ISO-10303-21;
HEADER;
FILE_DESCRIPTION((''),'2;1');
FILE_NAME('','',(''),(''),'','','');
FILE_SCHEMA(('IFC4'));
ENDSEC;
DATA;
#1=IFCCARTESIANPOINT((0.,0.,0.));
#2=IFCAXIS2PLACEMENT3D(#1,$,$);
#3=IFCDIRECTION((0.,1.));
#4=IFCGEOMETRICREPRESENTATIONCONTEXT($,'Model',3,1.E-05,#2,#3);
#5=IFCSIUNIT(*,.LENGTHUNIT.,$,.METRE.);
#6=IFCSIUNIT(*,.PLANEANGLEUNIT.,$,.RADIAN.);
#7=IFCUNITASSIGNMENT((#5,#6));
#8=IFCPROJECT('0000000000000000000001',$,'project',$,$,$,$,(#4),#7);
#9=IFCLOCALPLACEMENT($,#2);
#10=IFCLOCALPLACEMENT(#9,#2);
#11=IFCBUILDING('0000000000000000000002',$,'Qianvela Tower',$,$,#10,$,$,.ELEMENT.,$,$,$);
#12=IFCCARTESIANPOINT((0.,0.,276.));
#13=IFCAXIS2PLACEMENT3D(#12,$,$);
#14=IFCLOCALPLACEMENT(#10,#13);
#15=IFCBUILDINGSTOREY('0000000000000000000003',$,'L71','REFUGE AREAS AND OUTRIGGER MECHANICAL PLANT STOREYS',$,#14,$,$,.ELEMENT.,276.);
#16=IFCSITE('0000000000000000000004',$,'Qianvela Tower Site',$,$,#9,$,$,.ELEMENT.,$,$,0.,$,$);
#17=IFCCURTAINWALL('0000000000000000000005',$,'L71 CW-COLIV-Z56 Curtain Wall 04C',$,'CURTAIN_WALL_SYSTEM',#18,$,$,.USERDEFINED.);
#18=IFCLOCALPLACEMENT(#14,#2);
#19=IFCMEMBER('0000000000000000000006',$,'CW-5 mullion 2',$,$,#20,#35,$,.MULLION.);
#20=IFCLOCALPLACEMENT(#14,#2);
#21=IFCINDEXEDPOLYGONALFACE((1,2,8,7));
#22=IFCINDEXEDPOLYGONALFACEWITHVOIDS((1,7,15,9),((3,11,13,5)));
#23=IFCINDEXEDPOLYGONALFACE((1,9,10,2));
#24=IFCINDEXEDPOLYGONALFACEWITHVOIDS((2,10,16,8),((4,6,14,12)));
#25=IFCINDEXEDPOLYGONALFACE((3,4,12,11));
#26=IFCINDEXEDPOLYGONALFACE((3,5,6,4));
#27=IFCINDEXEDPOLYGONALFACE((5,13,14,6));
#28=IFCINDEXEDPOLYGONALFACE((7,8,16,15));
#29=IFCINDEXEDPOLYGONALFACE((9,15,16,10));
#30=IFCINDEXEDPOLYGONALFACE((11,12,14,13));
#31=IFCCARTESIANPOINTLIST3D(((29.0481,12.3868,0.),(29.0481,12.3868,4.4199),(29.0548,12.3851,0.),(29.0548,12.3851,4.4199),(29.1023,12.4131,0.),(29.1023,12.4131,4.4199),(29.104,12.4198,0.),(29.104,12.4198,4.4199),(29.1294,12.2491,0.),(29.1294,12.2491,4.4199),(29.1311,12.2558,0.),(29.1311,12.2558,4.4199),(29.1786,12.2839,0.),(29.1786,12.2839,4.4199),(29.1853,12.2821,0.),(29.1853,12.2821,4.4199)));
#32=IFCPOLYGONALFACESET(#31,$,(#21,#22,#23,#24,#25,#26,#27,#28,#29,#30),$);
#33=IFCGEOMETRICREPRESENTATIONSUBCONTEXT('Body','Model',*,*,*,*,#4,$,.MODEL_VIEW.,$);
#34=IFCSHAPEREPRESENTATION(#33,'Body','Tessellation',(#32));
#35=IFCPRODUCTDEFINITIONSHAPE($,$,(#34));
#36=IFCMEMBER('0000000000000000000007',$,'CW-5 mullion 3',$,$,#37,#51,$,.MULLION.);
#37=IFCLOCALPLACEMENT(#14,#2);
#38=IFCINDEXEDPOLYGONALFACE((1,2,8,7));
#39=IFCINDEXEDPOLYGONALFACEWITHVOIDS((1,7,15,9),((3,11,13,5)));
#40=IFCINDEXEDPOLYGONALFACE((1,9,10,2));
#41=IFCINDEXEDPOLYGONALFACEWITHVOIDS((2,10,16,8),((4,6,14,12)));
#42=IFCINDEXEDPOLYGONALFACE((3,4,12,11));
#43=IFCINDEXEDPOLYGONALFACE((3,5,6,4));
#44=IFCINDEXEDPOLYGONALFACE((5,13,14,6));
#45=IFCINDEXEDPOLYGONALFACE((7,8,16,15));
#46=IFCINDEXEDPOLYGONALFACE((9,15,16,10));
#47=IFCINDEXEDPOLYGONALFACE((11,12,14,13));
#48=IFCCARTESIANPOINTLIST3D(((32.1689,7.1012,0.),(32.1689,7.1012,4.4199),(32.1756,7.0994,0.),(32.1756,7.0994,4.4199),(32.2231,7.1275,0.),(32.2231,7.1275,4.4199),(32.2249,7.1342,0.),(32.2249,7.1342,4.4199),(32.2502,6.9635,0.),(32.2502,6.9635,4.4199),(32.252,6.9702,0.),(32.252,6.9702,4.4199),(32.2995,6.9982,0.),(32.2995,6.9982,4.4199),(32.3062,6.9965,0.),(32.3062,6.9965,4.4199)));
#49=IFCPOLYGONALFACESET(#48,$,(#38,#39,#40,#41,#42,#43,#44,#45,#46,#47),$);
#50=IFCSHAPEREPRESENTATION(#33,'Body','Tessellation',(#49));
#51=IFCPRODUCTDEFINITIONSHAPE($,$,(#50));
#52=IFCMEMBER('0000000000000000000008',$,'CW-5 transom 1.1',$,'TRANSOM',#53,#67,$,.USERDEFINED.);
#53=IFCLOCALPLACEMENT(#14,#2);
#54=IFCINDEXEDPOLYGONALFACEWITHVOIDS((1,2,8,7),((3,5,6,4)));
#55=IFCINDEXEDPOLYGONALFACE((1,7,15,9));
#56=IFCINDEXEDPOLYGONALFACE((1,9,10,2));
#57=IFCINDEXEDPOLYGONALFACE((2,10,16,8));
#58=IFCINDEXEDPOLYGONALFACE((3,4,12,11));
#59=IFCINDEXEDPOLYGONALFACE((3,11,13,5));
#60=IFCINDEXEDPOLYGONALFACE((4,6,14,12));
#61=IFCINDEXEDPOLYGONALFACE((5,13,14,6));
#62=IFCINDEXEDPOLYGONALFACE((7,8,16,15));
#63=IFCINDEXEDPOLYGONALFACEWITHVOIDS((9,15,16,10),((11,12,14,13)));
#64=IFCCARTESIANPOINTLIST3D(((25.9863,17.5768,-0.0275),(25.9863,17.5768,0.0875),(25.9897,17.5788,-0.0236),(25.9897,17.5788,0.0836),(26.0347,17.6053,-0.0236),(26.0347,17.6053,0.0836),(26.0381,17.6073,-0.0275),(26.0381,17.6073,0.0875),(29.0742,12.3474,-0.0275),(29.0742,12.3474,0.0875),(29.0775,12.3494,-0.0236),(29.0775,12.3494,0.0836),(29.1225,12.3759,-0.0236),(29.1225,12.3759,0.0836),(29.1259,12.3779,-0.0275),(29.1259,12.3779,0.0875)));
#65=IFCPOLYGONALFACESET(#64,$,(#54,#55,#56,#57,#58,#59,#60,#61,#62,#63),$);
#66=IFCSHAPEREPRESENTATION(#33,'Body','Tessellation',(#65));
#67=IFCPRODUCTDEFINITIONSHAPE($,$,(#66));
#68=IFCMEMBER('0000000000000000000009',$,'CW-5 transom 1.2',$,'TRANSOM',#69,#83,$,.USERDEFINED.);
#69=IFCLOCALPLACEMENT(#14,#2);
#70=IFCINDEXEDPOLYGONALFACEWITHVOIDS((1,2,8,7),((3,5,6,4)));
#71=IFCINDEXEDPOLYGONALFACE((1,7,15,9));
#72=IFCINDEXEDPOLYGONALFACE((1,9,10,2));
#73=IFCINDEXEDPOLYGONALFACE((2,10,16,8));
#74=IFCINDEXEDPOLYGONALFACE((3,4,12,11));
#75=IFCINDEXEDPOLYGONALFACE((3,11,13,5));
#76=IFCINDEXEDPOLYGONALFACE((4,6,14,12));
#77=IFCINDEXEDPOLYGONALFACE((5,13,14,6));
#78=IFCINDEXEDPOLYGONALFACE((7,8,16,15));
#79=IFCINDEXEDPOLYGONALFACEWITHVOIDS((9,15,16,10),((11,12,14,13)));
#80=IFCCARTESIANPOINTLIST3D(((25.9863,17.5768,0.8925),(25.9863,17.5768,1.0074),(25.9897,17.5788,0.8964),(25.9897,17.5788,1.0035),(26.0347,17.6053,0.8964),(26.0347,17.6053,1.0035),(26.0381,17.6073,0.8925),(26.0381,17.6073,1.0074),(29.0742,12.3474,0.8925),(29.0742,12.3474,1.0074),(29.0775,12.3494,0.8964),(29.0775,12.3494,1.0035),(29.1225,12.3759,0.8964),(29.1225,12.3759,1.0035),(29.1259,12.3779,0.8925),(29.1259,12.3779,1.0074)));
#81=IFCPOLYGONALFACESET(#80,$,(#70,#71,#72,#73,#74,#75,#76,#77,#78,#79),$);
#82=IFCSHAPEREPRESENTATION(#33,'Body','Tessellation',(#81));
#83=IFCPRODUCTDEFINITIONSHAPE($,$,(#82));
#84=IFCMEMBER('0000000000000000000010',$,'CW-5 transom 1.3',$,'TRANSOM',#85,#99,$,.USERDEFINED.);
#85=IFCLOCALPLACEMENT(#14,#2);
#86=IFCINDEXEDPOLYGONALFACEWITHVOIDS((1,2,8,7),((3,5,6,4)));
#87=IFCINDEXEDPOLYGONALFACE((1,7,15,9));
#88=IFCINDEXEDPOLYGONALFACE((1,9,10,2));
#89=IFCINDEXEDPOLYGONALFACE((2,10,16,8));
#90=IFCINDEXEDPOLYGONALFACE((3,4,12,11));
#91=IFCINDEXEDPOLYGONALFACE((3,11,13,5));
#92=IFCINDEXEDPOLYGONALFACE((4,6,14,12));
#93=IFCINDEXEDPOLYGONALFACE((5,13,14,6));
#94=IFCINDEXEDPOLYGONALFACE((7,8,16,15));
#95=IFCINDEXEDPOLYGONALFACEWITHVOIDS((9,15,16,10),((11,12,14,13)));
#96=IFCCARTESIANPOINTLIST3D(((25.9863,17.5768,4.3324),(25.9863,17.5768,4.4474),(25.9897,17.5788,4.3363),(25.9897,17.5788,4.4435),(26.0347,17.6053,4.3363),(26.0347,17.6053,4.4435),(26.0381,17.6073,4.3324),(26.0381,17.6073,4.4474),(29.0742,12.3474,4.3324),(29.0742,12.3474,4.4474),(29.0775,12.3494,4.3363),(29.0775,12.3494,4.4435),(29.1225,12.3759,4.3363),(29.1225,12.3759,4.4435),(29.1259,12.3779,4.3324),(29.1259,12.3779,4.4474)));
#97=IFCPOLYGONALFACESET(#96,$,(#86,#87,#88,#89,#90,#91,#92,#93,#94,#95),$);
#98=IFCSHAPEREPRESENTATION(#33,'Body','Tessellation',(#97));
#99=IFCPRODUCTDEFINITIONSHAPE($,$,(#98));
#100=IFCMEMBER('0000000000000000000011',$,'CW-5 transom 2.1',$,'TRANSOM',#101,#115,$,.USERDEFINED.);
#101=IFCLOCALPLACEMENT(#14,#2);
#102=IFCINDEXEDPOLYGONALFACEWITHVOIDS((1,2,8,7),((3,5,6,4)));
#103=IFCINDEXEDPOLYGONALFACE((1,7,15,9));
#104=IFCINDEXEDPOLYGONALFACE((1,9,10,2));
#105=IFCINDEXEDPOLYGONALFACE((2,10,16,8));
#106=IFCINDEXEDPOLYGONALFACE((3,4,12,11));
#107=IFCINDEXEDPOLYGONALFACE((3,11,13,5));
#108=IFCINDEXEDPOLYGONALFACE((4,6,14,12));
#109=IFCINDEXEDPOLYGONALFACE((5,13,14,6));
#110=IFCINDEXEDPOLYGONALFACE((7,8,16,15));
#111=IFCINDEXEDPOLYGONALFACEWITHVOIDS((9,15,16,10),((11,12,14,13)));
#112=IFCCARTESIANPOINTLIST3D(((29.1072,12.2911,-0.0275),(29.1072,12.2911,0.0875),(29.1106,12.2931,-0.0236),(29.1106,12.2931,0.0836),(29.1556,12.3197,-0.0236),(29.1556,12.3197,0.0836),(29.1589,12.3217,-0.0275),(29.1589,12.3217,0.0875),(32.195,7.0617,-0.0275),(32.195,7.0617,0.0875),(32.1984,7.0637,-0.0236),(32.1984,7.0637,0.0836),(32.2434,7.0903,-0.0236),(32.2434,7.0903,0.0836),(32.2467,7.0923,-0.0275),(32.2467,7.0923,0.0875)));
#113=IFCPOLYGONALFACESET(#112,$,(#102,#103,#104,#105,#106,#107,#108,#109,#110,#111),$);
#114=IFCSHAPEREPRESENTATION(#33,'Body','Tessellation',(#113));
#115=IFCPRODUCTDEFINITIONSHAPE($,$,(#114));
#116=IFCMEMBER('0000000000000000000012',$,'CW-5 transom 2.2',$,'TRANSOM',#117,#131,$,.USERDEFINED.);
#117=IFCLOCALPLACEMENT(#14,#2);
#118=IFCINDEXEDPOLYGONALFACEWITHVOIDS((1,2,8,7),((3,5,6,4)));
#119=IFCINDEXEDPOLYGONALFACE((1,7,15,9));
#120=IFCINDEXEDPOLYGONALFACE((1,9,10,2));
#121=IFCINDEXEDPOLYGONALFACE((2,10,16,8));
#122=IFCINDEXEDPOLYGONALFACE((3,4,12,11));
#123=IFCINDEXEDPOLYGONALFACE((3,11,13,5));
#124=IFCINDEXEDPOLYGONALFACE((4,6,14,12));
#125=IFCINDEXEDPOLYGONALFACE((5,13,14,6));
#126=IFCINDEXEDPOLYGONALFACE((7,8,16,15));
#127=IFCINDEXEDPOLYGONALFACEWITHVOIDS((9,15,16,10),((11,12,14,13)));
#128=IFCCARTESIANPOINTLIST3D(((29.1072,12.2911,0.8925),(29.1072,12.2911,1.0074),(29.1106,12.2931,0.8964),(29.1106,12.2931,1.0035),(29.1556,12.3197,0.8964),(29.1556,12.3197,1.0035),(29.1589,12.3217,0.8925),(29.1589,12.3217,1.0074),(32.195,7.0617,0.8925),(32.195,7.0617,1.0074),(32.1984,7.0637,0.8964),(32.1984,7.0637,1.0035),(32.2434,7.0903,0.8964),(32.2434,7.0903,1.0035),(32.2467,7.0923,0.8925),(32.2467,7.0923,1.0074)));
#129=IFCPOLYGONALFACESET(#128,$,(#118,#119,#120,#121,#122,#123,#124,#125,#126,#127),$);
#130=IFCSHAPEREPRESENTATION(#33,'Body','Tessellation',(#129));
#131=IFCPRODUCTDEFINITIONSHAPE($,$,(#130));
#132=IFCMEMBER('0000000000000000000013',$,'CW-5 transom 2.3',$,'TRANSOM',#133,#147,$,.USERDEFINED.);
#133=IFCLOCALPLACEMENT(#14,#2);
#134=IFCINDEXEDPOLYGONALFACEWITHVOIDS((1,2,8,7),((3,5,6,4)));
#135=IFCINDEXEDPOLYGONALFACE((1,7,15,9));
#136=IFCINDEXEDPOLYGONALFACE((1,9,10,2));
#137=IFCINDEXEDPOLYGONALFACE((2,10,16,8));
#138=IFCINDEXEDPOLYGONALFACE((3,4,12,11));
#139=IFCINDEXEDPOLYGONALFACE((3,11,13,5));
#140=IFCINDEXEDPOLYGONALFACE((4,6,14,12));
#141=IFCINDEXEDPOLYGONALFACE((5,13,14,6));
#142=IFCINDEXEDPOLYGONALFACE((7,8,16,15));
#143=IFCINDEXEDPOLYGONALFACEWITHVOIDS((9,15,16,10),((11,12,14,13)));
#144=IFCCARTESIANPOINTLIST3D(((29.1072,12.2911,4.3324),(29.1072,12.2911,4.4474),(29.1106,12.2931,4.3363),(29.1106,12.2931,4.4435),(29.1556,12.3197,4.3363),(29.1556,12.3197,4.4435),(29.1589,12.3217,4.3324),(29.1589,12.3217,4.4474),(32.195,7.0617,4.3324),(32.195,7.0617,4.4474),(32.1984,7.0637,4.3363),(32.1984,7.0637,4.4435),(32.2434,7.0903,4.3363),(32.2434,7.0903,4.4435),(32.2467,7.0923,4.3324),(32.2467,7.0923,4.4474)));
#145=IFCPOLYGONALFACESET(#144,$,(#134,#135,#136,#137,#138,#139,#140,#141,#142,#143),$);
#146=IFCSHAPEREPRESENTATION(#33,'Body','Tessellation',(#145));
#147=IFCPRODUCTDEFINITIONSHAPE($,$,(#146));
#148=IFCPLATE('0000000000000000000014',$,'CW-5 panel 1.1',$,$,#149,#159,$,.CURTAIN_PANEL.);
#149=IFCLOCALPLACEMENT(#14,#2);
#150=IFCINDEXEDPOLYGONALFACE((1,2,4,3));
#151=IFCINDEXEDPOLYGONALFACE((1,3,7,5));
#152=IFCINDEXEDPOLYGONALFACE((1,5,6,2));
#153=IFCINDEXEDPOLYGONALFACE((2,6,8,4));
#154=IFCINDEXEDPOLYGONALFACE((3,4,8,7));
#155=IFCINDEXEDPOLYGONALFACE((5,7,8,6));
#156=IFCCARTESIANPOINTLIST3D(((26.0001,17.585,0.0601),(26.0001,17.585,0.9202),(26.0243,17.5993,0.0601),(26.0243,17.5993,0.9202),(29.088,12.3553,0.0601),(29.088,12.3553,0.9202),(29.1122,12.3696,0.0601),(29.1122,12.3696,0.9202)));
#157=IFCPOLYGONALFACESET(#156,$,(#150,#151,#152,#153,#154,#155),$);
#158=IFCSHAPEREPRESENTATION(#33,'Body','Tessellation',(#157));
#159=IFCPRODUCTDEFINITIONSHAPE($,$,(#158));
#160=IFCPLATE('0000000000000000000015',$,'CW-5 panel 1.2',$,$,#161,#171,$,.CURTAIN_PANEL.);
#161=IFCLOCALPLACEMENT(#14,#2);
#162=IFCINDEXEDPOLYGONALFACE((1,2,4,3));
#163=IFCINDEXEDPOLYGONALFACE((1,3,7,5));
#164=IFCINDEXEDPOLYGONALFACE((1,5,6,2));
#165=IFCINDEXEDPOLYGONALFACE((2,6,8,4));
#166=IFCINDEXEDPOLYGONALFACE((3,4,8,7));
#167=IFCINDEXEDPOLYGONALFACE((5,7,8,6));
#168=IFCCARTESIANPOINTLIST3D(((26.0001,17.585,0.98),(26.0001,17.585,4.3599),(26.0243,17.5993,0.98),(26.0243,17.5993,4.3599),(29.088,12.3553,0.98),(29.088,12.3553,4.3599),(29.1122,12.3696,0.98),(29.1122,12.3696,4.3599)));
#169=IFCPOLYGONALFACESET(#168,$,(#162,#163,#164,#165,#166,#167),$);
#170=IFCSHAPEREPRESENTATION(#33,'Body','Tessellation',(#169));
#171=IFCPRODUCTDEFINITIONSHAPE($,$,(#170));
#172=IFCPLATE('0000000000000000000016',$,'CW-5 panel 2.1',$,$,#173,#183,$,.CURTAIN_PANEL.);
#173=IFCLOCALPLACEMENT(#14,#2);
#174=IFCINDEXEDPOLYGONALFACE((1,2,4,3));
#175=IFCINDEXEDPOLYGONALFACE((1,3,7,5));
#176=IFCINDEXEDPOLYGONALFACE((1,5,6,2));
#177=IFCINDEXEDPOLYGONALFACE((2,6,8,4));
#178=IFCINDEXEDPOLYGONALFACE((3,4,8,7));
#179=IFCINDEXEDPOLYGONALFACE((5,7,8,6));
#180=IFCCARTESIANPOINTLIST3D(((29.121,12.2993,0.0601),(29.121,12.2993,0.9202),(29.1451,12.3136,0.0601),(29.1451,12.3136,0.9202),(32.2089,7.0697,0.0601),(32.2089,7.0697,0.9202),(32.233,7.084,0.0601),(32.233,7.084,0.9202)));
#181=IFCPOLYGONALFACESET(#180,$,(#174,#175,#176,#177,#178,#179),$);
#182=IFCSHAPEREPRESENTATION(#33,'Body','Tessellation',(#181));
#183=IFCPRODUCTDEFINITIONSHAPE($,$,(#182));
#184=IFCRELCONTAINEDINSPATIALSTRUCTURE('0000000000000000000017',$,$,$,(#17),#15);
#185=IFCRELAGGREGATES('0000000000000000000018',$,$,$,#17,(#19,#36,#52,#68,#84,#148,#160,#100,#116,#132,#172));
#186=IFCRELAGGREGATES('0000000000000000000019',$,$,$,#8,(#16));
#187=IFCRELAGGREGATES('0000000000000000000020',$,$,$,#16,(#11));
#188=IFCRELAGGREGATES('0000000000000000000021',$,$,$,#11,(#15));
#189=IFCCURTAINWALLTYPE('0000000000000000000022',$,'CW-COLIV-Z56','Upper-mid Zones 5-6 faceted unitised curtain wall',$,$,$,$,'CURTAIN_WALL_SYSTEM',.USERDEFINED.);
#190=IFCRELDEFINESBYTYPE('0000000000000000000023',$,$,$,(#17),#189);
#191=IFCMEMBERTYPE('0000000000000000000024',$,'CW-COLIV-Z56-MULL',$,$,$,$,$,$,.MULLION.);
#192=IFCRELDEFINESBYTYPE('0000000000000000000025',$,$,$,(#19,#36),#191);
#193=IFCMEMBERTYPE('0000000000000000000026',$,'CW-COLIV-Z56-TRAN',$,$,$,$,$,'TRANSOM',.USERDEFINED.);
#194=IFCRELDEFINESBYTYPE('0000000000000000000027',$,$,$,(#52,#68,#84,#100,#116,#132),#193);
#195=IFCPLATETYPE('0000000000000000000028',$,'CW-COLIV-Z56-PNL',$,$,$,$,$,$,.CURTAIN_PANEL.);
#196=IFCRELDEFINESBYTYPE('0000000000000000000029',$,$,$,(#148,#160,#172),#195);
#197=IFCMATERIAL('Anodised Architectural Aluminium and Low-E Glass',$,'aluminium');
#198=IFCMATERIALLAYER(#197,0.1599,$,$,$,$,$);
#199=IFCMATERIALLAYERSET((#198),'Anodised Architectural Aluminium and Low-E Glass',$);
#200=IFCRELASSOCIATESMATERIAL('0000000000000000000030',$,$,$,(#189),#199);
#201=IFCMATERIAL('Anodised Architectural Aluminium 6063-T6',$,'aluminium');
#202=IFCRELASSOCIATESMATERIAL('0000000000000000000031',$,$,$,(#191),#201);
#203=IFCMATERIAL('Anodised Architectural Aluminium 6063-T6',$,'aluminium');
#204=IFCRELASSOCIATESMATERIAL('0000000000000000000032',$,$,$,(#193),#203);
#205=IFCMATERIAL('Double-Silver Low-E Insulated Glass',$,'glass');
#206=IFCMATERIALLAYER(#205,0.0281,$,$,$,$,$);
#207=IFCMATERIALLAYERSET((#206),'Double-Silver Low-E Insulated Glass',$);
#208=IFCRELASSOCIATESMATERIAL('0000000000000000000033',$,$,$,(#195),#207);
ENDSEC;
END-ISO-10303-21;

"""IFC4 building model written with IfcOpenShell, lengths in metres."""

from ifc_helpers import new_model, si_unit, direction, frame, origin, origin_2d, place, context, subcontext, project, spatial, rectangle, hollow_rectangle, extrude, material, layer, layer_set, material_profile, profile_set, type_object, element, aggregate, save


model = new_model("IFC4")

# Units and contexts
model_context = context("Model", 3, precision=1e-05, world=origin(), true_north=direction((0.0, 1.0)))
body_context = subcontext(model_context, "Body", "Model", "MODEL_VIEW")
ifc_project = project(units=[si_unit("LENGTHUNIT", "METRE"), si_unit("PLANEANGLEUNIT", "RADIAN")], contexts=[model_context])

# Site, building, storey
site_placement = place(None, origin())
site = spatial("IfcSite", under=ifc_project, at=site_placement, Name="Qianvela Tower Site", CompositionType="ELEMENT", RefElevation=0.0)
building_placement = place(site_placement, origin())
building = spatial("IfcBuilding", under=site, at=building_placement, Name="Qianvela Tower", CompositionType="ELEMENT")
storey_placement = place(building_placement, frame((0.0, 0.0, 276.0)))
storey = spatial("IfcBuildingStorey", under=building, at=storey_placement, Name="L71", Description="REFUGE AREAS AND OUTRIGGER MECHANICAL PLANT STOREYS", CompositionType="ELEMENT", Elevation=276.0)

# Curtain wall, members, plates
ifc_material_1 = material(Name="Anodised Architectural Aluminium and Low-E Glass", Category="aluminium")
ifc_layer_1 = layer(ifc_material_1, 0.1599)
ifc_layer_set_1 = layer_set([ifc_layer_1], Name="Anodised Architectural Aluminium and Low-E Glass")
curtain_wall_type = type_object("IfcCurtainWallType", Name="CW-COLIV-Z56", Description="Upper-mid Zones 5-6 faceted unitised curtain wall", ElementType="CURTAIN_WALL_SYSTEM", PredefinedType="USERDEFINED", material=ifc_layer_set_1)
curtain_wall_placement = place(storey_placement, origin())
curtain_wall = element("IfcCurtainWall", 1, at=curtain_wall_placement, inside=storey, type_object=curtain_wall_type, Name="L71 CW-COLIV-Z56 Curtain Wall 04C", ObjectType="CURTAIN_WALL_SYSTEM", PredefinedType="USERDEFINED")
ifc_material_2 = material(Name="Anodised Architectural Aluminium 6063-T6", Category="aluminium")
ifc_material_profile_1 = material_profile(ifc_material_2, hollow_rectangle(XDim=0.0649, YDim=0.1599, WallThickness=0.0049, at=origin_2d()), Name="ALU-MULL-65x160")
ifc_profile_set_1 = profile_set([ifc_material_profile_1], Name="Anodised Architectural Aluminium 6063-T6")
member_type_1 = type_object("IfcMemberType", Name="CW-COLIV-Z56-MULL", PredefinedType="MULLION", material=ifc_profile_set_1)
member_1_placement = place(storey_placement, frame((29.1167, 12.3345, 0.0), z_axis=(0.0, 0.0, 1.0), x_axis=(0.861095, 0.508444, 0.0)))
member_1 = element("IfcMember", 2, at=member_1_placement, type_object=member_type_1, Name="CW-5 mullion 2", PredefinedType="MULLION", context=body_context, shape_type="SweptSolid", body=[
    extrude(hollow_rectangle(XDim=0.0649, YDim=0.1599, WallThickness=0.0049, at=origin_2d()), origin(), (0.0, 0.0, 1.0), 4.4199),
])
member_2_placement = place(storey_placement, frame((32.2375, 7.0488, 0.0), z_axis=(0.0, 0.0, 1.0), x_axis=(0.861095, 0.508444, 0.0)))
member_2 = element("IfcMember", 3, at=member_2_placement, type_object=member_type_1, Name="CW-5 mullion 3", PredefinedType="MULLION", context=body_context, shape_type="SweptSolid", body=[
    extrude(hollow_rectangle(XDim=0.0649, YDim=0.1599, WallThickness=0.0049, at=origin_2d()), origin(), (0.0, 0.0, 1.0), 4.4199),
])
ifc_material_3 = material(Name="Anodised Architectural Aluminium 6063-T6", Category="aluminium")
ifc_material_profile_2 = material_profile(ifc_material_3, hollow_rectangle(XDim=0.0601, YDim=0.115, WallThickness=0.0039, at=origin_2d()), Name="ALU-TRAN-60x115")
ifc_profile_set_2 = profile_set([ifc_material_profile_2], Name="Anodised Architectural Aluminium 6063-T6")
member_type_2 = type_object("IfcMemberType", Name="CW-COLIV-Z56-TRAN", ElementType="TRANSOM", PredefinedType="USERDEFINED", material=ifc_profile_set_2)
member_3_placement = place(storey_placement, frame((26.0122, 17.592, 0.03), z_axis=(0.508453, -0.86109, 0.0), x_axis=(0.86109, 0.508453, 0.0)))
member_3 = element("IfcMember", 4, at=member_3_placement, type_object=member_type_2, Name="CW-5 transom 1.1", ObjectType="TRANSOM", PredefinedType="USERDEFINED", context=body_context, shape_type="SweptSolid", body=[
    extrude(hollow_rectangle(XDim=0.0601, YDim=0.115, WallThickness=0.0039, at=origin_2d()), origin(), (0.0, 0.0, 1.0), 6.073),
])
member_4_placement = place(storey_placement, frame((26.0122, 17.592, 0.95), z_axis=(0.508453, -0.86109, 0.0), x_axis=(0.86109, 0.508453, 0.0)))
member_4 = element("IfcMember", 5, at=member_4_placement, type_object=member_type_2, Name="CW-5 transom 1.2", ObjectType="TRANSOM", PredefinedType="USERDEFINED", context=body_context, shape_type="SweptSolid", body=[
    extrude(hollow_rectangle(XDim=0.0601, YDim=0.115, WallThickness=0.0039, at=origin_2d()), origin(), (0.0, 0.0, 1.0), 6.073),
])
member_5_placement = place(storey_placement, frame((26.0122, 17.592, 4.3899), z_axis=(0.508453, -0.86109, 0.0), x_axis=(0.86109, 0.508453, 0.0)))
member_5 = element("IfcMember", 6, at=member_5_placement, type_object=member_type_2, Name="CW-5 transom 1.3", ObjectType="TRANSOM", PredefinedType="USERDEFINED", context=body_context, shape_type="SweptSolid", body=[
    extrude(hollow_rectangle(XDim=0.0601, YDim=0.115, WallThickness=0.0039, at=origin_2d()), origin(), (0.0, 0.0, 1.0), 6.073),
])
member_6_placement = place(storey_placement, frame((29.1331, 12.3064, 0.03), z_axis=(0.508453, -0.86109, 0.0), x_axis=(0.86109, 0.508453, 0.0)))
member_6 = element("IfcMember", 7, at=member_6_placement, type_object=member_type_2, Name="CW-5 transom 2.1", ObjectType="TRANSOM", PredefinedType="USERDEFINED", context=body_context, shape_type="SweptSolid", body=[
    extrude(hollow_rectangle(XDim=0.0601, YDim=0.115, WallThickness=0.0039, at=origin_2d()), origin(), (0.0, 0.0, 1.0), 6.073),
])
member_7_placement = place(storey_placement, frame((29.1331, 12.3064, 0.95), z_axis=(0.508453, -0.86109, 0.0), x_axis=(0.86109, 0.508453, 0.0)))
member_7 = element("IfcMember", 8, at=member_7_placement, type_object=member_type_2, Name="CW-5 transom 2.2", ObjectType="TRANSOM", PredefinedType="USERDEFINED", context=body_context, shape_type="SweptSolid", body=[
    extrude(hollow_rectangle(XDim=0.0601, YDim=0.115, WallThickness=0.0039, at=origin_2d()), origin(), (0.0, 0.0, 1.0), 6.073),
])
member_8_placement = place(storey_placement, frame((29.1331, 12.3064, 4.3899), z_axis=(0.508453, -0.86109, 0.0), x_axis=(0.86109, 0.508453, 0.0)))
member_8 = element("IfcMember", 9, at=member_8_placement, type_object=member_type_2, Name="CW-5 transom 2.3", ObjectType="TRANSOM", PredefinedType="USERDEFINED", context=body_context, shape_type="SweptSolid", body=[
    extrude(hollow_rectangle(XDim=0.0601, YDim=0.115, WallThickness=0.0039, at=origin_2d()), origin(), (0.0, 0.0, 1.0), 6.073),
])
ifc_material_4 = material(Name="Double-Silver Low-E Insulated Glass", Category="glass")
ifc_layer_2 = layer(ifc_material_4, 0.0281)
ifc_layer_set_2 = layer_set([ifc_layer_2], Name="Double-Silver Low-E Insulated Glass")
plate_type = type_object("IfcPlateType", Name="CW-COLIV-Z56-PNL", PredefinedType="CURTAIN_PANEL", material=ifc_layer_set_2)
plate_1_placement = place(storey_placement, frame((27.5562, 14.9773, 0.0601), z_axis=(0.0, 0.0, 1.0), x_axis=(0.508444, -0.861095, 0.0)))
plate_1 = element("IfcPlate", 10, at=plate_1_placement, type_object=plate_type, Name="CW-5 panel 1.1", PredefinedType="CURTAIN_PANEL", context=body_context, shape_type="SweptSolid", body=[
    extrude(rectangle(XDim=6.0732, YDim=0.0281, at=origin_2d()), origin(), (0.0, 0.0, 1.0), 0.8601),
])
plate_2_placement = place(storey_placement, frame((27.5562, 14.9773, 0.98), z_axis=(0.0, 0.0, 1.0), x_axis=(0.508444, -0.861095, 0.0)))
plate_2 = element("IfcPlate", 11, at=plate_2_placement, type_object=plate_type, Name="CW-5 panel 1.2", PredefinedType="CURTAIN_PANEL", context=body_context, shape_type="SweptSolid", body=[
    extrude(rectangle(XDim=6.0732, YDim=0.0281, at=origin_2d()), origin(), (0.0, 0.0, 1.0), 3.3799),
])
plate_3_placement = place(storey_placement, frame((30.677, 9.6917, 0.0601), z_axis=(0.0, 0.0, 1.0), x_axis=(0.508444, -0.861095, 0.0)))
plate_3 = element("IfcPlate", 12, at=plate_3_placement, type_object=plate_type, Name="CW-5 panel 2.1", PredefinedType="CURTAIN_PANEL", context=body_context, shape_type="SweptSolid", body=[
    extrude(rectangle(XDim=6.0732, YDim=0.0281, at=origin_2d()), origin(), (0.0, 0.0, 1.0), 0.8601),
])
aggregate(curtain_wall, [member_1, member_2, member_3, member_4, member_5, plate_1, plate_2, member_6, member_7, member_8, plate_3])

save(model, "model.ifc")
